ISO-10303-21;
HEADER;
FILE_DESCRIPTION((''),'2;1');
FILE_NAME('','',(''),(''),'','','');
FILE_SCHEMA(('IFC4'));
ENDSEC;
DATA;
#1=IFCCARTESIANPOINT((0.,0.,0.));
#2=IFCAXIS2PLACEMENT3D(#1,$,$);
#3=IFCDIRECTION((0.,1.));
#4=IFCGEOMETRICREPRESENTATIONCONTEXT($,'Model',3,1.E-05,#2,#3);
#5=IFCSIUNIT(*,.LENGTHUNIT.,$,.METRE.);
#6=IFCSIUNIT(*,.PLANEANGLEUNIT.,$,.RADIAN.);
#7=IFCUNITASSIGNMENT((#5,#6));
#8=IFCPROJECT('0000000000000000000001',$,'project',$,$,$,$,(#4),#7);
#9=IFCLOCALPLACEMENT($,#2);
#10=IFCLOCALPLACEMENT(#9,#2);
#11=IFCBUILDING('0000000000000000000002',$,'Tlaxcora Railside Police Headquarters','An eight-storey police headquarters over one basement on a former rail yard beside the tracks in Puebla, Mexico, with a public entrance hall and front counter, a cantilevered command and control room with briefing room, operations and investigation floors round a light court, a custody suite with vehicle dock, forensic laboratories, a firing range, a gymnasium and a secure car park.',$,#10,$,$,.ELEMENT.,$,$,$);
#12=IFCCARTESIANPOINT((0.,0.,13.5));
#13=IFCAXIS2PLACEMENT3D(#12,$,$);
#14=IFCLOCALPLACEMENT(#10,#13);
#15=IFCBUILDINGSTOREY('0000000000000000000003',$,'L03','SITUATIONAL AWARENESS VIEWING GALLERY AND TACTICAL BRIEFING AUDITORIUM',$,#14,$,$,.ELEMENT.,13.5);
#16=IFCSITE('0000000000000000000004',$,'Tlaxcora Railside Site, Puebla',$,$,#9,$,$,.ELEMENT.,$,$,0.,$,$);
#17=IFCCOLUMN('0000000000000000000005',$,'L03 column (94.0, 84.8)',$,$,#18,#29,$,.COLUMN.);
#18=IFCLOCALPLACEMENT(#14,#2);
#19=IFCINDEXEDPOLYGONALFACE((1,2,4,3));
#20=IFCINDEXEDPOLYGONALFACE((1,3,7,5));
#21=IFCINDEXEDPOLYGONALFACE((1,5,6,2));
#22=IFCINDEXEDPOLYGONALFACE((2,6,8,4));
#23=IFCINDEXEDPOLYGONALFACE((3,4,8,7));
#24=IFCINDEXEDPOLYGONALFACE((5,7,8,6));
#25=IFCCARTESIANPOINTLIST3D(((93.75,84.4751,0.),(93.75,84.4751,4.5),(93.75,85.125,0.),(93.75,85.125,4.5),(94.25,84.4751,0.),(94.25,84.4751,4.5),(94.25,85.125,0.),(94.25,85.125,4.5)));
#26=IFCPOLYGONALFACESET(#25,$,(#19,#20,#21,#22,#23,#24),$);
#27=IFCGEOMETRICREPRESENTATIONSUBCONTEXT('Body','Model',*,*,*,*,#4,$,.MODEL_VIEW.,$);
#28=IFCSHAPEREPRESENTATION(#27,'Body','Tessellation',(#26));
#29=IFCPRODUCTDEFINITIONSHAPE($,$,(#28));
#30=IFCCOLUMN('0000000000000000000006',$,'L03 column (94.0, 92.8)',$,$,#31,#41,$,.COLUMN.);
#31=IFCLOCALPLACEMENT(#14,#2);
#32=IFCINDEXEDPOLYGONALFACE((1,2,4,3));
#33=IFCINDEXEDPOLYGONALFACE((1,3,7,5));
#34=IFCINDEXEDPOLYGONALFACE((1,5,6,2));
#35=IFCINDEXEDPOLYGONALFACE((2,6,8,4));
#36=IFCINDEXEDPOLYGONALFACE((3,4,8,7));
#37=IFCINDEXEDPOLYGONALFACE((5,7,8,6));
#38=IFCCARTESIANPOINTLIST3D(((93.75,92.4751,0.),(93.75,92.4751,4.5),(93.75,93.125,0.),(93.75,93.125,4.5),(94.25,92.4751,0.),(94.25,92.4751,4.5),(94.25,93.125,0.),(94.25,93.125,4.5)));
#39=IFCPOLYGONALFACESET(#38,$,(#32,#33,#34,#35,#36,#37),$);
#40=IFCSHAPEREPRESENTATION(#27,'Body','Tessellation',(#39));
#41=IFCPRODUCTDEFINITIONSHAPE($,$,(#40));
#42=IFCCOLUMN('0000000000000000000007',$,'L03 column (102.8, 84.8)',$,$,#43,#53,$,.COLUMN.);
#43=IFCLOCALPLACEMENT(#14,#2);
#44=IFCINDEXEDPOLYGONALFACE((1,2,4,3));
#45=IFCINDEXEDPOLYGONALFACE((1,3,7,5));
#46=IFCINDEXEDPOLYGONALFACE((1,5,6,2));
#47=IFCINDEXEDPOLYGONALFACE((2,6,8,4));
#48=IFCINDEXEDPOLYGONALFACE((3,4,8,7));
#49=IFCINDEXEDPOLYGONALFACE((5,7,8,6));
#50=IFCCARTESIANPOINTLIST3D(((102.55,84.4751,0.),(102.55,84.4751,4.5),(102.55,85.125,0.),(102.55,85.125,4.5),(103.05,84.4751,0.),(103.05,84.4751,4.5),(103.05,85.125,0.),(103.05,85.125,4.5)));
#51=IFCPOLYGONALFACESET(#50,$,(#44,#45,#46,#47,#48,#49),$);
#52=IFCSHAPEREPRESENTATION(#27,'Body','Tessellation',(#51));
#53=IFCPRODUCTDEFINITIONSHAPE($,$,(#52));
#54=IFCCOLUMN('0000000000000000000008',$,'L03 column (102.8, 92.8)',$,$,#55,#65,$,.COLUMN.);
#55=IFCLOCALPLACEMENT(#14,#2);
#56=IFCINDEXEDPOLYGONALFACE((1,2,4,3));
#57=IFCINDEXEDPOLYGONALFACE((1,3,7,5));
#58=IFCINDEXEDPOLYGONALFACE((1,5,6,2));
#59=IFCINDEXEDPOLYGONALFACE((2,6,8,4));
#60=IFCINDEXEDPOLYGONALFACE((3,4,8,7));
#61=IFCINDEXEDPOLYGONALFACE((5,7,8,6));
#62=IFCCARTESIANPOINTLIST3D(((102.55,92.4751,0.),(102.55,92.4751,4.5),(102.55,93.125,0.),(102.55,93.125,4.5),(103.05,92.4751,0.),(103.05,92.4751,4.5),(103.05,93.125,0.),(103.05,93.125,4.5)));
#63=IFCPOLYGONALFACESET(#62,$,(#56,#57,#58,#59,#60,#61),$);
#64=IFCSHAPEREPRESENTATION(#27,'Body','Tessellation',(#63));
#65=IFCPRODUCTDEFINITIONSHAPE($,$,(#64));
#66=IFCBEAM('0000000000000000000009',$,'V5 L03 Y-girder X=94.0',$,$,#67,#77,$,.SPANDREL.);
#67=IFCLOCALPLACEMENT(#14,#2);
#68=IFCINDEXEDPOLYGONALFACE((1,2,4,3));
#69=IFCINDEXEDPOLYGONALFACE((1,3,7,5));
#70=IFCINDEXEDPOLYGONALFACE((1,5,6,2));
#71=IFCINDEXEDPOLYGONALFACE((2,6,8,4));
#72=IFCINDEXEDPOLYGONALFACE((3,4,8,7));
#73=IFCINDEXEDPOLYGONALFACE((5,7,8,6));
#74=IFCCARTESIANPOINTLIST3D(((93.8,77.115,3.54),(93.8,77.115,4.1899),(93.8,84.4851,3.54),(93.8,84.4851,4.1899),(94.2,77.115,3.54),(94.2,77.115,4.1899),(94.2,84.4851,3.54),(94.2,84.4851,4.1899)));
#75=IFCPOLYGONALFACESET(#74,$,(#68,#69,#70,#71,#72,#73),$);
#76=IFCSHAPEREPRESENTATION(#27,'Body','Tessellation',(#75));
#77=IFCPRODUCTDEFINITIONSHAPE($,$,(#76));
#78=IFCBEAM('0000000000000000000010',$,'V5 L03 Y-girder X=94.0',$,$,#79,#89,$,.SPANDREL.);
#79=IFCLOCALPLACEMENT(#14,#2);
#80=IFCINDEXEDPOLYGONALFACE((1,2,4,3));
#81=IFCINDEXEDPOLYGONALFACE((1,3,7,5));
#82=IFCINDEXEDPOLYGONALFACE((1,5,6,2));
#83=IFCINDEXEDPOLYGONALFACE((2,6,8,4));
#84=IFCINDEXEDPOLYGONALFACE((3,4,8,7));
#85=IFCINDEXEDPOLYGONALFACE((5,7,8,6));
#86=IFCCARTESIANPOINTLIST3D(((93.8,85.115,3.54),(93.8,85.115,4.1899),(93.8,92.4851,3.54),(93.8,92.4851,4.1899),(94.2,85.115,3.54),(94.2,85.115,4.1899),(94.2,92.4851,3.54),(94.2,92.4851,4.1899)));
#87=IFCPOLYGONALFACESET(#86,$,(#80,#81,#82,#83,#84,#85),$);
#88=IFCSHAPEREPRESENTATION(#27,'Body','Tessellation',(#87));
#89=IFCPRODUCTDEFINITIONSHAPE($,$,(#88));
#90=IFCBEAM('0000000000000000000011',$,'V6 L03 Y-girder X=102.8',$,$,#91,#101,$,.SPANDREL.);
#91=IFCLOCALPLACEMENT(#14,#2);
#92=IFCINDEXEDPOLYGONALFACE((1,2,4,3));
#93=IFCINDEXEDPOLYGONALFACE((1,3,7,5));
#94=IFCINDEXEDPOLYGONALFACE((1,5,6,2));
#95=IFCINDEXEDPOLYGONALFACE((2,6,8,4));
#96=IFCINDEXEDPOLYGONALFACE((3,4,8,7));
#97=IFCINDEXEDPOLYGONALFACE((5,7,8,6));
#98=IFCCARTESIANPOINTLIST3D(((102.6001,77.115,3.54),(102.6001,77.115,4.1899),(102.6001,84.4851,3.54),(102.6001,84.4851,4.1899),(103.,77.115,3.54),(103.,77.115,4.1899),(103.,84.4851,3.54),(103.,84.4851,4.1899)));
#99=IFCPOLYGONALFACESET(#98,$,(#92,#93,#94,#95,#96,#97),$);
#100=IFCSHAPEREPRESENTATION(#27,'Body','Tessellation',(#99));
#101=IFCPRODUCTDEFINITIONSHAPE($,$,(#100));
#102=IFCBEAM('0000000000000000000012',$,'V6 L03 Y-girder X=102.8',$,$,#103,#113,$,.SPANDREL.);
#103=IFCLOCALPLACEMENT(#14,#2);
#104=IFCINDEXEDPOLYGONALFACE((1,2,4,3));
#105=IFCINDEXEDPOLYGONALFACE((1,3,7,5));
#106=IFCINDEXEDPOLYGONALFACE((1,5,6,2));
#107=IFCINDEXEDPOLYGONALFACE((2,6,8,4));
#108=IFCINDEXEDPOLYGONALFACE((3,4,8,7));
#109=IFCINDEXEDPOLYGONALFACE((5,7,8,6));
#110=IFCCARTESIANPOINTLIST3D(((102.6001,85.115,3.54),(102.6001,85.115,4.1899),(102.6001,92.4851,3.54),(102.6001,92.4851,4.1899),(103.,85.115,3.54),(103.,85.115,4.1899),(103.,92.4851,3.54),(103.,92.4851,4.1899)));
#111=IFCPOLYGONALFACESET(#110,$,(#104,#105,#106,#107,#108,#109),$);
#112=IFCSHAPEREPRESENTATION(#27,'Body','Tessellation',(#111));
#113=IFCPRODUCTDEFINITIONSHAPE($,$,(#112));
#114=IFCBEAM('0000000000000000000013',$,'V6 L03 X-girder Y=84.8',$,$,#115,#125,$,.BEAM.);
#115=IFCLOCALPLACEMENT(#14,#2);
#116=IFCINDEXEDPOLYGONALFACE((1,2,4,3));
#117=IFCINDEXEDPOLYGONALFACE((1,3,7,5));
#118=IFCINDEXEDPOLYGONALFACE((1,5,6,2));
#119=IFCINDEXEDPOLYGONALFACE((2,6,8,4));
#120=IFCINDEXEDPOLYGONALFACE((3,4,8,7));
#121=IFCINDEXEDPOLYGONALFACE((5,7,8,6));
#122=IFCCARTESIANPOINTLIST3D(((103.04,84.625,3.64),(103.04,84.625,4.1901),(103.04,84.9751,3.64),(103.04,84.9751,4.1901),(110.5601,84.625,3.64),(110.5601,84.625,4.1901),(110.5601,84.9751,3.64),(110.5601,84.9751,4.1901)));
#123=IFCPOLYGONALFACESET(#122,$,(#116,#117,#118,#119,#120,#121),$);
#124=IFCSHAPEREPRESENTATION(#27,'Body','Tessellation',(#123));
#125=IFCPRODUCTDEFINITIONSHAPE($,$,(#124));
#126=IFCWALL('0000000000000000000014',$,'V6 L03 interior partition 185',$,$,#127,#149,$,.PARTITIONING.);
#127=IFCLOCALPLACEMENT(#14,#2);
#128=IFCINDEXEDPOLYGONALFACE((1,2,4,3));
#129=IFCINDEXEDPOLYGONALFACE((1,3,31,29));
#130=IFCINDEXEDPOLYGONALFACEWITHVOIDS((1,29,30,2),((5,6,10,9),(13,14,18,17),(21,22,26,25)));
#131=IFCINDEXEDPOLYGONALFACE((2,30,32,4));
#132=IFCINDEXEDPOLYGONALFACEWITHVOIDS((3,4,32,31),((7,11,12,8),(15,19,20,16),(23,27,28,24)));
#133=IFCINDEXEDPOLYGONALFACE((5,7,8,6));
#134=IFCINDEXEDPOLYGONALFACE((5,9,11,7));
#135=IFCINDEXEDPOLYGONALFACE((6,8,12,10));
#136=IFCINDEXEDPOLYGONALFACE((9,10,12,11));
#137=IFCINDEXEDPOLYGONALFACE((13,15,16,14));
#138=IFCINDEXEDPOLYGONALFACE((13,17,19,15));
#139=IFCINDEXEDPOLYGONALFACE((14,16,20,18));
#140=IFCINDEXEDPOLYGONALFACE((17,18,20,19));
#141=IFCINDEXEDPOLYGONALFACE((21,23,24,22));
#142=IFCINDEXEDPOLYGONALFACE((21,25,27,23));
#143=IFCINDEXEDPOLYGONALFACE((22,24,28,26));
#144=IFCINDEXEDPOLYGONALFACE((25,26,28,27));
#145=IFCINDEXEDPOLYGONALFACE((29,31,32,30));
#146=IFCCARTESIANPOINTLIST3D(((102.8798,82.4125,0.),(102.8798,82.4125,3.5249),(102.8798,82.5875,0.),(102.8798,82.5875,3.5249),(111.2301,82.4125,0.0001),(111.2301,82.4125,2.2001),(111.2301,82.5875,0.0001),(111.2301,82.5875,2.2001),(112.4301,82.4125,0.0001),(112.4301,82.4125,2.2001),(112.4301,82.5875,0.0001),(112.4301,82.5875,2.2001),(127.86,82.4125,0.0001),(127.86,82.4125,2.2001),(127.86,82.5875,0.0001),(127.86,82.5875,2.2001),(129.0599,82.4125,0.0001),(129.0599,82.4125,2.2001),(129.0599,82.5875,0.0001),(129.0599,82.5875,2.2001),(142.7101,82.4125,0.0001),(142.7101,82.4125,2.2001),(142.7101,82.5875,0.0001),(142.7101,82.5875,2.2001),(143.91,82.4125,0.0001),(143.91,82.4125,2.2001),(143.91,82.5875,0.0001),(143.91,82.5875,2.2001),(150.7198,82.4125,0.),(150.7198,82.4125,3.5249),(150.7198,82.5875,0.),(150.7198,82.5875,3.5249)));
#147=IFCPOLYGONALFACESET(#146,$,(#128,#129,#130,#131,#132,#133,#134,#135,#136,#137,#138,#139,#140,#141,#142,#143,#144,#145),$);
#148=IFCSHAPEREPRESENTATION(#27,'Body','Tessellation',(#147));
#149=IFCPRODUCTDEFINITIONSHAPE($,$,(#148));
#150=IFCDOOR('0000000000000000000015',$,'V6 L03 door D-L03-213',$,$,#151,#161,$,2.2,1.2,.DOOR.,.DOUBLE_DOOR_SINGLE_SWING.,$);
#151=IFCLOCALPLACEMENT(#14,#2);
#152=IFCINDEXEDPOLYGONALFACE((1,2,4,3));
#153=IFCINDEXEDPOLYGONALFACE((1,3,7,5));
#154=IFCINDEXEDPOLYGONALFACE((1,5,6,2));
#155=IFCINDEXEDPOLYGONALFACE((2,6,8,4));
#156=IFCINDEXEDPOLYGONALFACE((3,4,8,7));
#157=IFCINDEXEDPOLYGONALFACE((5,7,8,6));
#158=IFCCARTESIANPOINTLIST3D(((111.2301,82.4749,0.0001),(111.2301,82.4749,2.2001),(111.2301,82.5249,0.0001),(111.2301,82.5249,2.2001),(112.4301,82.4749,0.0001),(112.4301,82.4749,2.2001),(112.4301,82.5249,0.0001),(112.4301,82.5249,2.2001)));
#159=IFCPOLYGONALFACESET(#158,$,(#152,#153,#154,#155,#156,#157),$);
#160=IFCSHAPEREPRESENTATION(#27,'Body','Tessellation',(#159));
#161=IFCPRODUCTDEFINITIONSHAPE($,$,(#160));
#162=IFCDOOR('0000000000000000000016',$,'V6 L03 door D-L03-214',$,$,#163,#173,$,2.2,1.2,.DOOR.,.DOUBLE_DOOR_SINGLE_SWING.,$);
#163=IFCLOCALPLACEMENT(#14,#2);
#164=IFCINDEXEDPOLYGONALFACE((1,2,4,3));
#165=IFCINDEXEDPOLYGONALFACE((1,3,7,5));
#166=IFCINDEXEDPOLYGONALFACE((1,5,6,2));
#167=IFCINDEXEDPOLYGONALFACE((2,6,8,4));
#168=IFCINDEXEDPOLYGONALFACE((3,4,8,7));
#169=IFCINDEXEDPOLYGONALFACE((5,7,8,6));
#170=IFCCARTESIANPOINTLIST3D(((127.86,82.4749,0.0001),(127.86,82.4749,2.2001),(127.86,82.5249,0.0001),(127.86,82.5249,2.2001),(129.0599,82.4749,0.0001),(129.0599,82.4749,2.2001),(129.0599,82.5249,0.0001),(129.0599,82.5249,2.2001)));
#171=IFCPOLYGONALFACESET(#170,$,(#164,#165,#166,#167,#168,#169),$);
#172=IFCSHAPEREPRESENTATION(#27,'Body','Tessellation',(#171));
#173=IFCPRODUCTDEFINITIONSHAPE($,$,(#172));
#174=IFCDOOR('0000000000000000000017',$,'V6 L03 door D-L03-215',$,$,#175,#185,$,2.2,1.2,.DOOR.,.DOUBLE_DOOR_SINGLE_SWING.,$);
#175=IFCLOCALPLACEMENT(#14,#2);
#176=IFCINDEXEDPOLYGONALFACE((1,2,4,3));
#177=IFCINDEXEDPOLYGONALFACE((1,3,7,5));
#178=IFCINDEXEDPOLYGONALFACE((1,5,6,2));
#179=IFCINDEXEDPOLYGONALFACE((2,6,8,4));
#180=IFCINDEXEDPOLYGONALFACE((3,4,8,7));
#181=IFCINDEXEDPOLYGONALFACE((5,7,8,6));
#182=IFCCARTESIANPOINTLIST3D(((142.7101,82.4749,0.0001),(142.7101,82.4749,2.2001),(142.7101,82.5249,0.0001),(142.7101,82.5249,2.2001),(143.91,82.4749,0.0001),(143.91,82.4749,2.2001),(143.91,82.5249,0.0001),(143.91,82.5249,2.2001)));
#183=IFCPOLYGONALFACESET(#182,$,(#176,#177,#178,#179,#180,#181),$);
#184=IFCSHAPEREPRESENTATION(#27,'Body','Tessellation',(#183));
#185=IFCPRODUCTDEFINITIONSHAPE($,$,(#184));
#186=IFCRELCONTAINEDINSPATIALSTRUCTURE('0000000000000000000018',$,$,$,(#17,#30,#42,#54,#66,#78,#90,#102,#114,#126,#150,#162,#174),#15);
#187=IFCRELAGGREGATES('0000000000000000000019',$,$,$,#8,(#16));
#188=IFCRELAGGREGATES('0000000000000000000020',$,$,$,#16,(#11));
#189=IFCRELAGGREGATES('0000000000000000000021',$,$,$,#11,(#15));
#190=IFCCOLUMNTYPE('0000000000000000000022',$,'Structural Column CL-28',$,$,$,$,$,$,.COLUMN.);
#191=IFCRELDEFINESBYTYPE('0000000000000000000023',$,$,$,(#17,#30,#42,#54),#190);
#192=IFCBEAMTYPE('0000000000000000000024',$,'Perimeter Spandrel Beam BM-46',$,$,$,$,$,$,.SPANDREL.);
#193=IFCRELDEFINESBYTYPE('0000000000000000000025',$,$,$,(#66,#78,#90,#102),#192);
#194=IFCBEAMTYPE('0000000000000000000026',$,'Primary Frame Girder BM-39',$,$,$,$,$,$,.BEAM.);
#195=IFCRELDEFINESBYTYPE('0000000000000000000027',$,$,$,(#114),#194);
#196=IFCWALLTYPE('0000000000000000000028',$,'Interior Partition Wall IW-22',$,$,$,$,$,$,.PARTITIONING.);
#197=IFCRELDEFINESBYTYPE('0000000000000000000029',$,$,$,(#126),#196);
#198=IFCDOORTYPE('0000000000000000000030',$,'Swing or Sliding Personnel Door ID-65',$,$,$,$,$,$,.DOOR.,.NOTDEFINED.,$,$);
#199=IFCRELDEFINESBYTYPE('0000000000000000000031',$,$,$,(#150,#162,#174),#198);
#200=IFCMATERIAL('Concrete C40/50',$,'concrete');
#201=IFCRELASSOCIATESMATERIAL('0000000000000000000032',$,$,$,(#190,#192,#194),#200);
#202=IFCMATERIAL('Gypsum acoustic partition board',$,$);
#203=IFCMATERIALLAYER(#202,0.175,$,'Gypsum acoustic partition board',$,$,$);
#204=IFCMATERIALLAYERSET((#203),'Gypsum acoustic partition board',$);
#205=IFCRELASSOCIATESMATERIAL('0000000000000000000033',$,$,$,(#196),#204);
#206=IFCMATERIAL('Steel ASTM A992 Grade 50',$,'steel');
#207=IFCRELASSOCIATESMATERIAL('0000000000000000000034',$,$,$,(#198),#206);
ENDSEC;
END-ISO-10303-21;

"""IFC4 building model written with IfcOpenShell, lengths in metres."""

from ifc_helpers import new_model, si_unit, direction, frame, frame_2d, origin, origin_2d, place, context, subcontext, project, spatial, rectangle, extrude, material, layer, layer_set, material_profile, profile_set, type_object, element, fill, save


model = new_model("IFC4")

# Units and contexts
model_context = context("Model", 3, precision=1e-05, world=origin(), true_north=direction((0.0, 1.0)))
body_context = subcontext(model_context, "Body", "Model", "MODEL_VIEW")
ifc_project = project(units=[si_unit("LENGTHUNIT", "METRE"), si_unit("PLANEANGLEUNIT", "RADIAN")], contexts=[model_context])

# Site, building, storey
site_placement = place(None, origin())
site = spatial("IfcSite", under=ifc_project, at=site_placement, Name="Tlaxcora Railside Site, Puebla", CompositionType="ELEMENT", RefElevation=0.0)
building_placement = place(site_placement, origin())
building = spatial("IfcBuilding", under=site, at=building_placement, Name="Tlaxcora Railside Police Headquarters", Description="An eight-storey police headquarters over one basement on a former rail yard beside the tracks in Puebla, Mexico, with a public entrance hall and front counter, a cantilevered command and control room with briefing room, operations and investigation floors round a light court, a custody suite with vehicle dock, forensic laboratories, a firing range, a gymnasium and a secure car park.", CompositionType="ELEMENT")
storey_placement = place(building_placement, frame((0.0, 0.0, 13.5)))
storey = spatial("IfcBuildingStorey", under=building, at=storey_placement, Name="L03", Description="SITUATIONAL AWARENESS VIEWING GALLERY AND TACTICAL BRIEFING AUDITORIUM", CompositionType="ELEMENT", Elevation=13.5)

# Columns
ifc_material_1 = material(Name="Concrete C40/50", Category="concrete")
ifc_material_profile_1 = material_profile(ifc_material_1, rectangle(XDim=0.5, YDim=0.6499, at=origin_2d()), Name="RC500X650")
ifc_profile_set_1 = profile_set([ifc_material_profile_1], Name="Concrete C40/50")
column_type = type_object("IfcColumnType", Name="Structural Column CL-28", PredefinedType="COLUMN", material=ifc_profile_set_1)
for number, where, z_axis, x_axis, name in (
    (1, (94.0, 84.8, 0.0), (0.0, 0.0, 1.0), (1.0, 0.0, 0.0), "L03 column (94.0, 84.8)"),
    (2, (94.0, 92.8, 0.0), (0.0, 0.0, 1.0), (1.0, 0.0, 0.0), "L03 column (94.0, 92.8)"),
    (3, (102.8, 84.8, 0.0), (0.0, 0.0, 1.0), (1.0, 0.0, 0.0), "L03 column (102.8, 84.8)"),
    (4, (102.8, 92.8, 0.0), (0.0, 0.0, 1.0), (1.0, 0.0, 0.0), "L03 column (102.8, 92.8)"),
):
    element("IfcColumn", number, at=place(storey_placement, frame(where, z_axis=z_axis, x_axis=x_axis)), inside=storey, type_object=column_type, Name=name, PredefinedType="COLUMN", context=body_context, shape_type="SweptSolid", body=[
        extrude(rectangle(XDim=0.5, YDim=0.6499, at=origin_2d()), origin(), (0.0, 0.0, 1.0), 4.5),
    ])

# Beams
ifc_material_profile_2 = material_profile(ifc_material_1, rectangle(XDim=0.3999, YDim=0.6499, at=origin_2d()), Name="RC400X650")
ifc_profile_set_2 = profile_set([ifc_material_profile_2], Name="Concrete C40/50")
beam_type_1 = type_object("IfcBeamType", Name="Perimeter Spandrel Beam BM-46", PredefinedType="SPANDREL", material=ifc_profile_set_2)
for number, where, z_axis, x_axis, name in (
    (5, (94.0, 77.115, 3.865), (0.0, 1.0, 0.0), (-1.0, 0.0, 0.0), "V5 L03 Y-girder X=94.0"),
    (6, (94.0, 85.115, 3.865), (0.0, 1.0, 0.0), (-1.0, 0.0, 0.0), "V5 L03 Y-girder X=94.0"),
    (7, (102.8, 77.115, 3.865), (0.0, 1.0, 0.0), (-1.0, 0.0, 0.0), "V6 L03 Y-girder X=102.8"),
    (8, (102.8, 85.115, 3.865), (0.0, 1.0, 0.0), (-1.0, 0.0, 0.0), "V6 L03 Y-girder X=102.8"),
):
    element("IfcBeam", number, at=place(storey_placement, frame(where, z_axis=z_axis, x_axis=x_axis)), inside=storey, type_object=beam_type_1, Name=name, PredefinedType="SPANDREL", context=body_context, shape_type="SweptSolid", body=[
        extrude(rectangle(XDim=0.3999, YDim=0.6499, at=origin_2d()), origin(), (0.0, 0.0, 1.0), 7.3701),
    ])
ifc_material_profile_3 = material_profile(ifc_material_1, rectangle(XDim=0.3501, YDim=0.55, at=origin_2d()), Name="RC350X550")
ifc_profile_set_3 = profile_set([ifc_material_profile_3], Name="Concrete C40/50")
beam_type_2 = type_object("IfcBeamType", Name="Primary Frame Girder BM-39", PredefinedType="BEAM", material=ifc_profile_set_3)
beam_placement = place(storey_placement, frame((103.04, 84.8, 3.915), z_axis=(1.0, 0.0, 0.0), x_axis=(0.0, 1.0, 0.0)))
element("IfcBeam", 9, at=beam_placement, inside=storey, type_object=beam_type_2, Name="V6 L03 X-girder Y=84.8", PredefinedType="BEAM", context=body_context, shape_type="SweptSolid", body=[
    extrude(rectangle(XDim=0.3501, YDim=0.55, at=origin_2d()), origin(), (0.0, 0.0, 1.0), 7.52),
])

# Wall, openings, doors
ifc_material_2 = material(Name="Gypsum acoustic partition board")
ifc_layer_1 = layer(ifc_material_2, 0.175, Name="Gypsum acoustic partition board")
ifc_layer_set_1 = layer_set([ifc_layer_1], Name="Gypsum acoustic partition board")
wall_type_1 = type_object("IfcWallType", Name="Interior Partition Wall IW-22", PredefinedType="PARTITIONING", material=ifc_layer_set_1)
wall_1_placement = place(storey_placement, frame((102.8799, 82.5, 0.0), z_axis=(0.0, 0.0, 1.0), x_axis=(1.0, 0.0, 0.0)))
wall_1 = element("IfcWall", 10, at=wall_1_placement, inside=storey, type_object=wall_type_1, Name="V6 L03 interior partition 185", PredefinedType="PARTITIONING", context=body_context, shape_type="SweptSolid", body=[
    extrude(rectangle(XDim=47.8401, YDim=0.175, at=frame_2d((23.9199, 0.0))), origin(), (0.0, 0.0, 1.0), 3.5249),
])
opening_1_placement = place(wall_1_placement, frame((8.3501, 0.0, 0.0)))
opening_1 = element("IfcOpeningElement", 11, at=opening_1_placement, cuts=wall_1, PredefinedType="OPENING", context=body_context, shape_type="SweptSolid", body=[
    extrude(rectangle(XDim=1.2, YDim=2.2, at=frame_2d((0.6001, 1.1001))), frame((0.0, 0.0977, 0.0), z_axis=(0.0, -1.0, 0.0), x_axis=(1.0, 0.0, 0.0)), (0.0, 0.0, 1.0), 0.1951),
])
opening_2_placement = place(wall_1_placement, frame((24.98, 0.0, 0.0)))
opening_2 = element("IfcOpeningElement", 12, at=opening_2_placement, cuts=wall_1, PredefinedType="OPENING", context=body_context, shape_type="SweptSolid", body=[
    extrude(rectangle(XDim=1.2, YDim=2.2, at=frame_2d((0.6001, 1.1001))), frame((0.0, 0.0977, 0.0), z_axis=(0.0, -1.0, 0.0), x_axis=(1.0, 0.0, 0.0)), (0.0, 0.0, 1.0), 0.1951),
])
opening_3_placement = place(wall_1_placement, frame((39.8301, 0.0, 0.0)))
opening_3 = element("IfcOpeningElement", 13, at=opening_3_placement, cuts=wall_1, PredefinedType="OPENING", context=body_context, shape_type="SweptSolid", body=[
    extrude(rectangle(XDim=1.2, YDim=2.2, at=frame_2d((0.6001, 1.1001))), frame((0.0, 0.0977, 0.0), z_axis=(0.0, -1.0, 0.0), x_axis=(1.0, 0.0, 0.0)), (0.0, 0.0, 1.0), 0.1951),
])
ifc_material_3 = material(Name="Steel ASTM A992 Grade 50", Category="steel")
door_type_1 = type_object("IfcDoorType", Name="Swing or Sliding Personnel Door ID-65", OperationType="NOTDEFINED", PredefinedType="DOOR", material=ifc_material_3)
door_1_placement = place(opening_1_placement, origin())
door_1 = element("IfcDoor", 14, at=door_1_placement, inside=storey, type_object=door_type_1, Name="V6 L03 door D-L03-213", OperationType="DOUBLE_DOOR_SINGLE_SWING", OverallHeight=2.2, OverallWidth=1.2, PredefinedType="DOOR", context=body_context, shape_type="SweptSolid", body=[
    extrude(rectangle(XDim=1.2, YDim=2.2, at=frame_2d((0.6001, 1.1001))), frame((0.0, 0.0249, 0.0), z_axis=(0.0, -1.0, 0.0), x_axis=(1.0, 0.0, 0.0)), (0.0, 0.0, 1.0), 0.05),
])
fill(opening_1, door_1)
door_2_placement = place(opening_2_placement, origin())
door_2 = element("IfcDoor", 15, at=door_2_placement, inside=storey, type_object=door_type_1, Name="V6 L03 door D-L03-214", OperationType="DOUBLE_DOOR_SINGLE_SWING", OverallHeight=2.2, OverallWidth=1.2, PredefinedType="DOOR", context=body_context, shape_type="SweptSolid", body=[
    extrude(rectangle(XDim=1.2, YDim=2.2, at=frame_2d((0.6001, 1.1001))), frame((0.0, 0.0249, 0.0), z_axis=(0.0, -1.0, 0.0), x_axis=(1.0, 0.0, 0.0)), (0.0, 0.0, 1.0), 0.05),
])
fill(opening_2, door_2)
door_3_placement = place(opening_3_placement, origin())
door_3 = element("IfcDoor", 16, at=door_3_placement, inside=storey, type_object=door_type_1, Name="V6 L03 door D-L03-215", OperationType="DOUBLE_DOOR_SINGLE_SWING", OverallHeight=2.2, OverallWidth=1.2, PredefinedType="DOOR", context=body_context, shape_type="SweptSolid", body=[
    extrude(rectangle(XDim=1.2, YDim=2.2, at=frame_2d((0.6001, 1.1001))), frame((0.0, 0.0249, 0.0), z_axis=(0.0, -1.0, 0.0), x_axis=(1.0, 0.0, 0.0)), (0.0, 0.0, 1.0), 0.05),
])
fill(opening_3, door_3)

save(model, "model.ifc")
